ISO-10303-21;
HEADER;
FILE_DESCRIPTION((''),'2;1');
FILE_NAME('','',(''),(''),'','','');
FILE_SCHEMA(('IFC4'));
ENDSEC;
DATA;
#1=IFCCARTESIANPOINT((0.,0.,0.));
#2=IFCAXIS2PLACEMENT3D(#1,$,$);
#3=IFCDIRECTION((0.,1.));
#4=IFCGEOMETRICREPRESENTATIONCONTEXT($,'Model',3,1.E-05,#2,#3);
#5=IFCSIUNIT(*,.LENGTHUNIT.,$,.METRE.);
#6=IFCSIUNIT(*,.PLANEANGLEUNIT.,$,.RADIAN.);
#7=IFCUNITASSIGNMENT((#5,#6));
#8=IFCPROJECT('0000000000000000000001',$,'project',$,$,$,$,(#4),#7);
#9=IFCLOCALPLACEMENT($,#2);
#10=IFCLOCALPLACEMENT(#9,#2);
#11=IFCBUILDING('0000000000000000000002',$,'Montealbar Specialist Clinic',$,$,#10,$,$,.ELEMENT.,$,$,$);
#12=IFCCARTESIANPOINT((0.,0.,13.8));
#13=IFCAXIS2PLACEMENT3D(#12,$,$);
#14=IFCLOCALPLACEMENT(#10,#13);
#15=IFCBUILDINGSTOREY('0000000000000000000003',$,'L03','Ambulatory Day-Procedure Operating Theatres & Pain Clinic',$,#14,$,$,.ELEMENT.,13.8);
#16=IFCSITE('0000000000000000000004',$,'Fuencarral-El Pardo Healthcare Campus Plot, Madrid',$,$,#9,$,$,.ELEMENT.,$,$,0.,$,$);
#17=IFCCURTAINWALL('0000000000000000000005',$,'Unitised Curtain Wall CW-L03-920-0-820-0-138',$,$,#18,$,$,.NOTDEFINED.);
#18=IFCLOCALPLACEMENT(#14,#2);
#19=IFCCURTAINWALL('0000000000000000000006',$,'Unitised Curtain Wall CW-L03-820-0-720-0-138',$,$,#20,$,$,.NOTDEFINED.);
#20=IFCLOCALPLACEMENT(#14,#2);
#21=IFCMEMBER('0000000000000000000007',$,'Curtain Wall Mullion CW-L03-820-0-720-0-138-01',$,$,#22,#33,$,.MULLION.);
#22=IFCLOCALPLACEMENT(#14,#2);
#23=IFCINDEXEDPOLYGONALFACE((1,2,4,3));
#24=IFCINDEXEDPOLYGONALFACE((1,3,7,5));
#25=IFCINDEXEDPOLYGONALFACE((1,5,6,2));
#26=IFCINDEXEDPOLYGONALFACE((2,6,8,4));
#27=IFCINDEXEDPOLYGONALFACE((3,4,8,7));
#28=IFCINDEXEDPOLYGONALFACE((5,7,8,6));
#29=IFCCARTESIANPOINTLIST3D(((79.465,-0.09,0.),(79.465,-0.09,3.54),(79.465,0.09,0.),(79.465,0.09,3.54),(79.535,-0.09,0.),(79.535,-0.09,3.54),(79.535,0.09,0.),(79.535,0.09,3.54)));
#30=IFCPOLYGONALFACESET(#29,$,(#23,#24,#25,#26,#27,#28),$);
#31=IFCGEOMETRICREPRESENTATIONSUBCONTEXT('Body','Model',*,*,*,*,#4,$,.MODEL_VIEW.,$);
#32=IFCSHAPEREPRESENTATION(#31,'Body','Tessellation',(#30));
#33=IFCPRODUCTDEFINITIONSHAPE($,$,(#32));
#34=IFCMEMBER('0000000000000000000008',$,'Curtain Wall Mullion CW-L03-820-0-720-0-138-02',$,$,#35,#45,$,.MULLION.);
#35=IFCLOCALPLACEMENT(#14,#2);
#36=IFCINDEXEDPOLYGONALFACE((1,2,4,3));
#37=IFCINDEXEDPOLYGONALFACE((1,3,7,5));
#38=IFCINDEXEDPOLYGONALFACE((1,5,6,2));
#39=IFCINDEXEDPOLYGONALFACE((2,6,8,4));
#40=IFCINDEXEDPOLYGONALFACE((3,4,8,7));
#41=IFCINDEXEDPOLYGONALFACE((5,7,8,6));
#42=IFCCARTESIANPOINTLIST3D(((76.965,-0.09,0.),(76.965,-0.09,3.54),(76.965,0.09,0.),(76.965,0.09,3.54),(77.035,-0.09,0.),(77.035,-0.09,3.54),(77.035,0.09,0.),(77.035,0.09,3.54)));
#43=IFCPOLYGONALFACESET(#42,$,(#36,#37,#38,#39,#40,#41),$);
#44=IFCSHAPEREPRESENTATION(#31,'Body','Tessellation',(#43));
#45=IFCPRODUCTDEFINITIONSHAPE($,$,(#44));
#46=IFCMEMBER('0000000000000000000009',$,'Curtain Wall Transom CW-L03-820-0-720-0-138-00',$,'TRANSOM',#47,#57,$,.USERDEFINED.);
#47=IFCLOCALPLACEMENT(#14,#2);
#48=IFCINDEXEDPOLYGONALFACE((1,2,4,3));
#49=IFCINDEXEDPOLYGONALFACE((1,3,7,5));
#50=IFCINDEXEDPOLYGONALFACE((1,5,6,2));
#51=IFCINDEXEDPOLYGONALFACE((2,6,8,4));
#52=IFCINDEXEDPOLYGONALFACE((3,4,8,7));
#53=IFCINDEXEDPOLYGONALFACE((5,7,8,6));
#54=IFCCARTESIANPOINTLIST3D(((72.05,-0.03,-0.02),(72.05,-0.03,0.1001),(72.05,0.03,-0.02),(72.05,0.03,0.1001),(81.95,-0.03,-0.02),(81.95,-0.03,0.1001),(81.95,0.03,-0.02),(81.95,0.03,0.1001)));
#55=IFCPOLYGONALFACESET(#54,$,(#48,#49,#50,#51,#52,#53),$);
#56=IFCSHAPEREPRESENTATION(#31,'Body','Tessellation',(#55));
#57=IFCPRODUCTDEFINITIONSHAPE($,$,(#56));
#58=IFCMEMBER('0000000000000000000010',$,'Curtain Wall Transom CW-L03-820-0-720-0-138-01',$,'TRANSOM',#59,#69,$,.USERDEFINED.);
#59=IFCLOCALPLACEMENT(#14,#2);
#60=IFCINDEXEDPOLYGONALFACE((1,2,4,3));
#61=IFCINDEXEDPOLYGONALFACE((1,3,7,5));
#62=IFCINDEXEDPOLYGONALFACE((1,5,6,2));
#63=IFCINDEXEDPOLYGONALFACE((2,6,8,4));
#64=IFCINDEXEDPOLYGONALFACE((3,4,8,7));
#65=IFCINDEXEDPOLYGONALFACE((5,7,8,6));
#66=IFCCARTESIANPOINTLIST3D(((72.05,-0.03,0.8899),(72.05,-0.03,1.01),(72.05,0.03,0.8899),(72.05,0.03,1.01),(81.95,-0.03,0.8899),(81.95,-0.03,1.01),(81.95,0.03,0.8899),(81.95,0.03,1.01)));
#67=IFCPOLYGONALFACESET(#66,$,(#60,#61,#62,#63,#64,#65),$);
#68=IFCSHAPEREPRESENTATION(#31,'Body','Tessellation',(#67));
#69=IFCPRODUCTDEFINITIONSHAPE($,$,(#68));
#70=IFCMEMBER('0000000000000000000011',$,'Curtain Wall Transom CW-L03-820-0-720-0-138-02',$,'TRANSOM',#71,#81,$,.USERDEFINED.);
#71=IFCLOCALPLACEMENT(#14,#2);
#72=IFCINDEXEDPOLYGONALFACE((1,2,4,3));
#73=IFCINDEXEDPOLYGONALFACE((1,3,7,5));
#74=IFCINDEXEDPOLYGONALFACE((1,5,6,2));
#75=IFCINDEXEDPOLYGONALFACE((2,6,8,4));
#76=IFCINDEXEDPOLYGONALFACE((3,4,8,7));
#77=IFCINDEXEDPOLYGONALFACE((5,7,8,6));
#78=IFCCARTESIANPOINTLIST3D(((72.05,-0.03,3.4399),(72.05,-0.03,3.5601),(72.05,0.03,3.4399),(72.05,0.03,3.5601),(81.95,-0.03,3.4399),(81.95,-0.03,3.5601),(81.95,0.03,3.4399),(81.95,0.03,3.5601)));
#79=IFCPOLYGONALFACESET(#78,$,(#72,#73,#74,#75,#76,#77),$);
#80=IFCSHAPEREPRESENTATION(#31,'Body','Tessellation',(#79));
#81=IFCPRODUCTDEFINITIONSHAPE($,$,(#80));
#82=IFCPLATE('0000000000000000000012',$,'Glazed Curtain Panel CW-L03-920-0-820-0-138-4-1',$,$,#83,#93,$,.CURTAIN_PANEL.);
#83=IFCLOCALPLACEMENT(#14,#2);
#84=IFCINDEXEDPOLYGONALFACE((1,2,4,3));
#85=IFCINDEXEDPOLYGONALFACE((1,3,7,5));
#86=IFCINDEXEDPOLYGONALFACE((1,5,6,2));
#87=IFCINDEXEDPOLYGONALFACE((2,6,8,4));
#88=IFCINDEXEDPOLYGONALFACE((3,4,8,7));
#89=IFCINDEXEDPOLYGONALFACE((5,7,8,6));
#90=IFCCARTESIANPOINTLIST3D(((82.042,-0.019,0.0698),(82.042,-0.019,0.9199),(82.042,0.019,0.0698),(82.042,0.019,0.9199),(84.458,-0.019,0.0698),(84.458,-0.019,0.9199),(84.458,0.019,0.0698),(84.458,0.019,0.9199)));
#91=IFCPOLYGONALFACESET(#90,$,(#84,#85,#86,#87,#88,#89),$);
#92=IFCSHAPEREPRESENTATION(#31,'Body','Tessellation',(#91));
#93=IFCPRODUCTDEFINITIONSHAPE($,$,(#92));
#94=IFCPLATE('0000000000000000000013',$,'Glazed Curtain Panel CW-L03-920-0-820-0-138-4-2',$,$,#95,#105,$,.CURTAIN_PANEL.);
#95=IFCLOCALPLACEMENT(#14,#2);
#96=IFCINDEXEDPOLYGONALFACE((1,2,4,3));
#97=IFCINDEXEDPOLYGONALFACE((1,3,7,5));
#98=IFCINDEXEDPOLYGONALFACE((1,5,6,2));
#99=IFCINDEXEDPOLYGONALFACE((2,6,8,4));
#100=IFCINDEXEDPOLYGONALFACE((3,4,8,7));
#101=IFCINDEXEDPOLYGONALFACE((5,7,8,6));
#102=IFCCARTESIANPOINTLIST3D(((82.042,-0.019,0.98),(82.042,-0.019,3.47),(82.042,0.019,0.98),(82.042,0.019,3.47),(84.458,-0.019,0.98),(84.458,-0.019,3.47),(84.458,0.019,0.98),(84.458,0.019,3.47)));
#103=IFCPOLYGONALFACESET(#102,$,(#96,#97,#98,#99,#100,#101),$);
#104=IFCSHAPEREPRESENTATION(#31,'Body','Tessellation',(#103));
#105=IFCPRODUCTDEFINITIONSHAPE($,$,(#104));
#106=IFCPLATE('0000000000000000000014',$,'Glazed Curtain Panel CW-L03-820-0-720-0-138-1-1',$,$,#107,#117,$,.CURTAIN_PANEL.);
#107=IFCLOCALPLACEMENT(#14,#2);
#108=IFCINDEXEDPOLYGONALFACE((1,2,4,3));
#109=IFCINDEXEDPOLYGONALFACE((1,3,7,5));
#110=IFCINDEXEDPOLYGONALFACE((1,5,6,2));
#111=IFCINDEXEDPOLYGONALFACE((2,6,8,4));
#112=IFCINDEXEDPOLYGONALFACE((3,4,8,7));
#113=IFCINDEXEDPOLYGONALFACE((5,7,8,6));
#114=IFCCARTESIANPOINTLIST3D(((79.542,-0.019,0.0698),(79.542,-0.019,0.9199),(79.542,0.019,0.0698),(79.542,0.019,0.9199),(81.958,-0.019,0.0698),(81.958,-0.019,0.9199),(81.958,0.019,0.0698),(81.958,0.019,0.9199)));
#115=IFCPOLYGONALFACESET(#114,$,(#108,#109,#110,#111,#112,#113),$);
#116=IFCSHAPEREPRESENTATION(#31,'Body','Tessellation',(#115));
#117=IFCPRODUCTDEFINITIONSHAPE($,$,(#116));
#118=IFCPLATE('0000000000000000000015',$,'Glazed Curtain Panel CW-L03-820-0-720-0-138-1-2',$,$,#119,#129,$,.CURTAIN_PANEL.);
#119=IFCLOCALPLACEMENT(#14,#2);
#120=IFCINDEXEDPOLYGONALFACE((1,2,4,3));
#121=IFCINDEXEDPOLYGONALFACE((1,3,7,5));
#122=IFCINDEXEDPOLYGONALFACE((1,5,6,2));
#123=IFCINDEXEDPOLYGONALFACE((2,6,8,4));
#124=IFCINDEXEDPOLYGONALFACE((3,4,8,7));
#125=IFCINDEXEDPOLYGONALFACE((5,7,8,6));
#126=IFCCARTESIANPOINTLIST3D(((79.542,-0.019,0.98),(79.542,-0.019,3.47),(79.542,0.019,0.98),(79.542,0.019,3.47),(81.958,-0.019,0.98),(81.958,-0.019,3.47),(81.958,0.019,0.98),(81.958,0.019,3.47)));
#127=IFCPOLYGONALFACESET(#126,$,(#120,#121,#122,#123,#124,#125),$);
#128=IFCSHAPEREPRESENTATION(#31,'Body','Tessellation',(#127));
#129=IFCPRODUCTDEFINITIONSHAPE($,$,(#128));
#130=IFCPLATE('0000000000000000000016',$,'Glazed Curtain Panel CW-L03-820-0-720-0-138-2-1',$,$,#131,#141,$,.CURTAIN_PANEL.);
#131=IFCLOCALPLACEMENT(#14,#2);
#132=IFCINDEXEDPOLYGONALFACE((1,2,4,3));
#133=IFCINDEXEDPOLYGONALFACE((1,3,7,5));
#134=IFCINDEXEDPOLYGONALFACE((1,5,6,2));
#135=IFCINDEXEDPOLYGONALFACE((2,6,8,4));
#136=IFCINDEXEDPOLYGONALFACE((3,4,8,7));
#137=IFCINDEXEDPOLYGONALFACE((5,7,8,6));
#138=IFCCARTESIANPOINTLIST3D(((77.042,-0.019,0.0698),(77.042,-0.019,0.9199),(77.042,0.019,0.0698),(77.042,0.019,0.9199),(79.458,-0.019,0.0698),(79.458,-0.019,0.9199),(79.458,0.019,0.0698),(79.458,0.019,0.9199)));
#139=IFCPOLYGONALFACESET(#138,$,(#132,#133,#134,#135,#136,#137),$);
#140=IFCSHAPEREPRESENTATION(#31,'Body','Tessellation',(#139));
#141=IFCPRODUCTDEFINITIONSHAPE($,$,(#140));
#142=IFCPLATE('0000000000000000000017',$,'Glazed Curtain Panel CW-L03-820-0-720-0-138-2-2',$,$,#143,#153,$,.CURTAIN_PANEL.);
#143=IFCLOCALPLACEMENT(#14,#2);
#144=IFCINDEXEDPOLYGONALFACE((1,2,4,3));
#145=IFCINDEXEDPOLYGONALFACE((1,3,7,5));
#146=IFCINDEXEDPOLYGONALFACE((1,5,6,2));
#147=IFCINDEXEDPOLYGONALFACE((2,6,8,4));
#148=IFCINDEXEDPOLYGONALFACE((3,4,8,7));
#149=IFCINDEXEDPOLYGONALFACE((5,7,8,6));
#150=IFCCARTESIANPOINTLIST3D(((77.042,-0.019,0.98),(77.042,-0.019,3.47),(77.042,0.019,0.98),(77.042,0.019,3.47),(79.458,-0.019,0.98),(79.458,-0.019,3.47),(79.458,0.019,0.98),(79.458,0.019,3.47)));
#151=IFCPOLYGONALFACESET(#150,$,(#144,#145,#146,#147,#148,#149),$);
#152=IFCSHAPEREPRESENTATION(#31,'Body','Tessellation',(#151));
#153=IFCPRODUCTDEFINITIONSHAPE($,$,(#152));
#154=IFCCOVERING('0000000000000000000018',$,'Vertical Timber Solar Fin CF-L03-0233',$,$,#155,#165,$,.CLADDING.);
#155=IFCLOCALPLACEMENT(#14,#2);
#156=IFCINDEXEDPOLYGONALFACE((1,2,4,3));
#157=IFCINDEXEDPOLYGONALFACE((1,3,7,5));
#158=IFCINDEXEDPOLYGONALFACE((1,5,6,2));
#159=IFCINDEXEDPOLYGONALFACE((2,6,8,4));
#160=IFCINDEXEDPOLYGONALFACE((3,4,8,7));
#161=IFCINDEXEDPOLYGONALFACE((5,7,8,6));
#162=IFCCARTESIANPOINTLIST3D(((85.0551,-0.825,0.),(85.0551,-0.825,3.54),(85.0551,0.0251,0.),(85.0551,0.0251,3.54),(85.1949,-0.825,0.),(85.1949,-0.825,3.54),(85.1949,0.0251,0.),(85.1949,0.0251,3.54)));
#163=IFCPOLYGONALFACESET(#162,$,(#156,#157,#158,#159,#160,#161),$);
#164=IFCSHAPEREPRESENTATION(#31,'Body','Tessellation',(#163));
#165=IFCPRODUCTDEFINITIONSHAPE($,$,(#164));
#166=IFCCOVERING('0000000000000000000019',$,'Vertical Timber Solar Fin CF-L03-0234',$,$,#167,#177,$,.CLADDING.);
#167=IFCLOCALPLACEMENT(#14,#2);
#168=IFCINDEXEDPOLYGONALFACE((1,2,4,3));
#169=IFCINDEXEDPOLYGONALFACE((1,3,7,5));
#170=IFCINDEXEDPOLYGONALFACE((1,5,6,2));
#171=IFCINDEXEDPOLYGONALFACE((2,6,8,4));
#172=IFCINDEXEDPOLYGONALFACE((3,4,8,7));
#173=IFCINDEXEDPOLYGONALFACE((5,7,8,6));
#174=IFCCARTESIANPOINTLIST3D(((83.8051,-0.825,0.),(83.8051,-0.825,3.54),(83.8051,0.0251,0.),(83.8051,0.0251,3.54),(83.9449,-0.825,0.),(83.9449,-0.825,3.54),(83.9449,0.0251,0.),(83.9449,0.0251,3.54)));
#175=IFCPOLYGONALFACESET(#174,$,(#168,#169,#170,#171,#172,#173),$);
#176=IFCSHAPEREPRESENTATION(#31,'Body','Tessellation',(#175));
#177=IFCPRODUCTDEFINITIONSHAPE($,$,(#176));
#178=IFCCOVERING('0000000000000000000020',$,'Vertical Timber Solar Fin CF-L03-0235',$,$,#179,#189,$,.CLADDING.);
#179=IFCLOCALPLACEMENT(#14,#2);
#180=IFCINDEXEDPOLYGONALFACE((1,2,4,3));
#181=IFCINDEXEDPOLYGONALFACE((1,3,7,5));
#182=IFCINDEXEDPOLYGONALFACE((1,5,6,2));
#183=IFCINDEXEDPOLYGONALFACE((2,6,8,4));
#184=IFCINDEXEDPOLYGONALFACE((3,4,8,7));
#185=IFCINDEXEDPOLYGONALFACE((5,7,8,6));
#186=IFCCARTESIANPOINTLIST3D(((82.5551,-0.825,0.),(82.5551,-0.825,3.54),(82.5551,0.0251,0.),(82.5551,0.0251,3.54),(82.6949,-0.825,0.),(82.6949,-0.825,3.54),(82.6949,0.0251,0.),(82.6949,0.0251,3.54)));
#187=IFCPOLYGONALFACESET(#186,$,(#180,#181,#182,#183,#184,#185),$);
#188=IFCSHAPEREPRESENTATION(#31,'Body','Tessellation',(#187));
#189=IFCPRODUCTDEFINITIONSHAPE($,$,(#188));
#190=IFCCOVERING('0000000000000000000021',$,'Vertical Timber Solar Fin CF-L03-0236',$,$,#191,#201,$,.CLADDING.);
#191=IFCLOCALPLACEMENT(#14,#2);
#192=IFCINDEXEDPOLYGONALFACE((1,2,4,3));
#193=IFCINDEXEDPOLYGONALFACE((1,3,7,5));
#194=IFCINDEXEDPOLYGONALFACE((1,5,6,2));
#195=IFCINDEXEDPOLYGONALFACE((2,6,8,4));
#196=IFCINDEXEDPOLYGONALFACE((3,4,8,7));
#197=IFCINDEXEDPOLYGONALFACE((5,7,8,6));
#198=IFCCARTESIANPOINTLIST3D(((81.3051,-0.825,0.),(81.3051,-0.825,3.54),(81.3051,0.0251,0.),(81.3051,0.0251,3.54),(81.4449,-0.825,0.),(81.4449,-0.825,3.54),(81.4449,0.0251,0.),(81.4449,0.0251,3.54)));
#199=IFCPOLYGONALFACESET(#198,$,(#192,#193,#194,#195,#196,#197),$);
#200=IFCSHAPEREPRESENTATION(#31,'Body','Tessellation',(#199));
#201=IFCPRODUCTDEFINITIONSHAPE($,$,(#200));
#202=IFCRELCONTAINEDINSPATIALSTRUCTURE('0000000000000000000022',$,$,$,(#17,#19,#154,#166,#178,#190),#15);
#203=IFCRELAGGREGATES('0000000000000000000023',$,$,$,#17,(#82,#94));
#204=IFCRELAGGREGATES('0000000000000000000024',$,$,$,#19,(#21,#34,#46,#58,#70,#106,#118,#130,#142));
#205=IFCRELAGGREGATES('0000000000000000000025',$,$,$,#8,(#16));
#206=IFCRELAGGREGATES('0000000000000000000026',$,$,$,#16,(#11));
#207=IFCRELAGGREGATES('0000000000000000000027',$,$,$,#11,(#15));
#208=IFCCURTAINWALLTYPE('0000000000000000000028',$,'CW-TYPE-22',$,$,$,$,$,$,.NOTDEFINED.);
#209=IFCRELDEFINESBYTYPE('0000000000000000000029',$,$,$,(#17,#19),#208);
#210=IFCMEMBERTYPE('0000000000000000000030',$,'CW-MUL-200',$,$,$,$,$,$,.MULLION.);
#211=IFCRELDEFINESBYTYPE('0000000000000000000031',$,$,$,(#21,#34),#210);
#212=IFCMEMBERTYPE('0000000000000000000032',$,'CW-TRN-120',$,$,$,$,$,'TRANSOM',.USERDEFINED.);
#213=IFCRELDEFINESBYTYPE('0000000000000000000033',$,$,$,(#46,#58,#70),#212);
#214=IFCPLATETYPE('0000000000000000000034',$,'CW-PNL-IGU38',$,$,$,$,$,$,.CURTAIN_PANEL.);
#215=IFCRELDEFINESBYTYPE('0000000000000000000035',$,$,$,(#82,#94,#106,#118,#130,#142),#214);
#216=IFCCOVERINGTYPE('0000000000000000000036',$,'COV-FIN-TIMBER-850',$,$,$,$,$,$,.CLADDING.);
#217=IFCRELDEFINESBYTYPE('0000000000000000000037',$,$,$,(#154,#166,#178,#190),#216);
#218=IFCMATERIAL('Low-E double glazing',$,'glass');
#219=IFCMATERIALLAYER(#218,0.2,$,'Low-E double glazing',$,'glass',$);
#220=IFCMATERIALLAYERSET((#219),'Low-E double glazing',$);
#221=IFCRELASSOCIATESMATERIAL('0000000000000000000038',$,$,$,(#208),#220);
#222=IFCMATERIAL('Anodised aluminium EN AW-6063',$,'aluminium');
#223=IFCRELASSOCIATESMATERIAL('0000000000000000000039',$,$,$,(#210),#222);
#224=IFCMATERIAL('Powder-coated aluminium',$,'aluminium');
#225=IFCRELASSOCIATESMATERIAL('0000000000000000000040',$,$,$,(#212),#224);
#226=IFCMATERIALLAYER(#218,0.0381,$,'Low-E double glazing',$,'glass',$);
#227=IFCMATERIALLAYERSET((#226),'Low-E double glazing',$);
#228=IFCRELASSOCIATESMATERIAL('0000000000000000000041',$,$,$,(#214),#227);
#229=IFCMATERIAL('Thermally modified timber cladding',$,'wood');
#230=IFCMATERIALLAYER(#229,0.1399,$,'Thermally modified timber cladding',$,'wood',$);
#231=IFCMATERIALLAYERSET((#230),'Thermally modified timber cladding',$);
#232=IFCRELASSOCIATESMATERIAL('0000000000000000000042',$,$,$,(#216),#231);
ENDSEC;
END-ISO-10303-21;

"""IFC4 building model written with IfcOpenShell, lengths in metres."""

from ifc_helpers import new_model, si_unit, direction, frame, origin, origin_2d, place, context, subcontext, project, spatial, rectangle, extrude, material, layer, layer_set, material_profile, profile_set, type_object, element, aggregate, save


model = new_model("IFC4")

# Units and contexts
model_context = context("Model", 3, precision=1e-05, world=origin(), true_north=direction((0.0, 1.0)))
body_context = subcontext(model_context, "Body", "Model", "MODEL_VIEW")
ifc_project = project(units=[si_unit("LENGTHUNIT", "METRE"), si_unit("PLANEANGLEUNIT", "RADIAN")], contexts=[model_context])

# Site, building, storey
site_placement = place(None, origin())
site = spatial("IfcSite", under=ifc_project, at=site_placement, Name="Fuencarral-El Pardo Healthcare Campus Plot, Madrid", CompositionType="ELEMENT", RefElevation=0.0)
building_placement = place(site_placement, origin())
building = spatial("IfcBuilding", under=site, at=building_placement, Name="Montealbar Specialist Clinic", CompositionType="ELEMENT")
storey_placement = place(building_placement, frame((0.0, 0.0, 13.8)))
storey = spatial("IfcBuildingStorey", under=building, at=storey_placement, Name="L03", Description="Ambulatory Day-Procedure Operating Theatres & Pain Clinic", CompositionType="ELEMENT", Elevation=13.8)

# Curtain walls, members
ifc_material_1 = material(Name="Low-E double glazing", Category="glass")
ifc_layer_1 = layer(ifc_material_1, 0.2, Name="Low-E double glazing", Category="glass")
ifc_layer_set_1 = layer_set([ifc_layer_1], Name="Low-E double glazing")
curtain_wall_type = type_object("IfcCurtainWallType", Name="CW-TYPE-22", PredefinedType="NOTDEFINED", material=ifc_layer_set_1)
curtain_wall_1_placement = place(storey_placement, origin())
curtain_wall_1 = element("IfcCurtainWall", 1, at=curtain_wall_1_placement, inside=storey, type_object=curtain_wall_type, Name="Unitised Curtain Wall CW-L03-920-0-820-0-138", PredefinedType="NOTDEFINED")
ifc_material_2 = material(Name="Anodised aluminium EN AW-6063", Category="aluminium")
ifc_material_profile_1 = material_profile(ifc_material_2, rectangle(XDim=0.0701, YDim=0.1799, at=origin_2d()), Name="ALU 70x180", Category="aluminium")
ifc_profile_set_1 = profile_set([ifc_material_profile_1], Name="Anodised aluminium EN AW-6063")
member_type_1 = type_object("IfcMemberType", Name="CW-MUL-200", PredefinedType="MULLION", material=ifc_profile_set_1)
curtain_wall_2_placement = place(storey_placement, origin())
curtain_wall_2 = element("IfcCurtainWall", 2, at=curtain_wall_2_placement, inside=storey, type_object=curtain_wall_type, Name="Unitised Curtain Wall CW-L03-820-0-720-0-138", PredefinedType="NOTDEFINED")
member_1_placement = place(storey_placement, frame((79.5, 0.0, 0.0), z_axis=(0.0, 0.0, 1.0), x_axis=(-1.0, 0.0, 0.0)))
member_1 = element("IfcMember", 3, at=member_1_placement, type_object=member_type_1, Name="Curtain Wall Mullion CW-L03-820-0-720-0-138-01", PredefinedType="MULLION", context=body_context, shape_type="SweptSolid", body=[
    extrude(rectangle(XDim=0.0701, YDim=0.1799, at=origin_2d()), origin(), (0.0, 0.0, 1.0), 3.54),
])
member_2_placement = place(storey_placement, frame((77.0, 0.0, 0.0), z_axis=(0.0, 0.0, 1.0), x_axis=(-1.0, 0.0, 0.0)))
member_2 = element("IfcMember", 4, at=member_2_placement, type_object=member_type_1, Name="Curtain Wall Mullion CW-L03-820-0-720-0-138-02", PredefinedType="MULLION", context=body_context, shape_type="SweptSolid", body=[
    extrude(rectangle(XDim=0.0701, YDim=0.1799, at=origin_2d()), origin(), (0.0, 0.0, 1.0), 3.54),
])
ifc_material_3 = material(Name="Powder-coated aluminium", Category="aluminium")
ifc_material_profile_2 = material_profile(ifc_material_3, rectangle(XDim=0.0601, YDim=0.1201, at=origin_2d()), Name="ALU 60x120", Category="aluminium")
ifc_profile_set_2 = profile_set([ifc_material_profile_2], Name="Powder-coated aluminium")
member_type_2 = type_object("IfcMemberType", Name="CW-TRN-120", ElementType="TRANSOM", PredefinedType="USERDEFINED", material=ifc_profile_set_2)
member_3_placement = place(storey_placement, frame((81.95, 0.0, 0.04), z_axis=(-1.0, 0.0, 0.0), x_axis=(0.0, -1.0, 0.0)))
member_3 = element("IfcMember", 5, at=member_3_placement, type_object=member_type_2, Name="Curtain Wall Transom CW-L03-820-0-720-0-138-00", ObjectType="TRANSOM", PredefinedType="USERDEFINED", context=body_context, shape_type="SweptSolid", body=[
    extrude(rectangle(XDim=0.0601, YDim=0.1201, at=origin_2d()), origin(), (0.0, 0.0, 1.0), 9.8999),
])
member_4_placement = place(storey_placement, frame((81.95, 0.0, 0.95), z_axis=(-1.0, 0.0, 0.0), x_axis=(0.0, -1.0, 0.0)))
member_4 = element("IfcMember", 6, at=member_4_placement, type_object=member_type_2, Name="Curtain Wall Transom CW-L03-820-0-720-0-138-01", ObjectType="TRANSOM", PredefinedType="USERDEFINED", context=body_context, shape_type="SweptSolid", body=[
    extrude(rectangle(XDim=0.0601, YDim=0.1201, at=origin_2d()), origin(), (0.0, 0.0, 1.0), 9.8999),
])
member_5_placement = place(storey_placement, frame((81.95, 0.0, 3.5), z_axis=(-1.0, 0.0, 0.0), x_axis=(0.0, -1.0, 0.0)))
member_5 = element("IfcMember", 7, at=member_5_placement, type_object=member_type_2, Name="Curtain Wall Transom CW-L03-820-0-720-0-138-02", ObjectType="TRANSOM", PredefinedType="USERDEFINED", context=body_context, shape_type="SweptSolid", body=[
    extrude(rectangle(XDim=0.0601, YDim=0.1201, at=origin_2d()), origin(), (0.0, 0.0, 1.0), 9.8999),
])

# Plates
ifc_layer_2 = layer(ifc_material_1, 0.0381, Name="Low-E double glazing", Category="glass")
ifc_layer_set_2 = layer_set([ifc_layer_2], Name="Low-E double glazing")
plate_type = type_object("IfcPlateType", Name="CW-PNL-IGU38", PredefinedType="CURTAIN_PANEL", material=ifc_layer_set_2)
plate_1_placement = place(storey_placement, frame((83.25, 0.0, 0.0698), z_axis=(0.0, 0.0, 1.0), x_axis=(-1.0, 0.0, 0.0)))
plate_1 = element("IfcPlate", 8, at=plate_1_placement, type_object=plate_type, Name="Glazed Curtain Panel CW-L03-920-0-820-0-138-4-1", PredefinedType="CURTAIN_PANEL", context=body_context, shape_type="SweptSolid", body=[
    extrude(rectangle(XDim=2.416, YDim=0.0381, at=origin_2d()), origin(), (0.0, 0.0, 1.0), 0.8501),
])
plate_2_placement = place(storey_placement, frame((83.25, 0.0, 0.98), z_axis=(0.0, 0.0, 1.0), x_axis=(-1.0, 0.0, 0.0)))
plate_2 = element("IfcPlate", 9, at=plate_2_placement, type_object=plate_type, Name="Glazed Curtain Panel CW-L03-920-0-820-0-138-4-2", PredefinedType="CURTAIN_PANEL", context=body_context, shape_type="SweptSolid", body=[
    extrude(rectangle(XDim=2.416, YDim=0.0381, at=origin_2d()), origin(), (0.0, 0.0, 1.0), 2.49),
])
aggregate(curtain_wall_1, [plate_1, plate_2])
plate_3_placement = place(storey_placement, frame((80.75, 0.0, 0.0698), z_axis=(0.0, 0.0, 1.0), x_axis=(-1.0, 0.0, 0.0)))
plate_3 = element("IfcPlate", 10, at=plate_3_placement, type_object=plate_type, Name="Glazed Curtain Panel CW-L03-820-0-720-0-138-1-1", PredefinedType="CURTAIN_PANEL", context=body_context, shape_type="SweptSolid", body=[
    extrude(rectangle(XDim=2.416, YDim=0.0381, at=origin_2d()), origin(), (0.0, 0.0, 1.0), 0.8501),
])
plate_4_placement = place(storey_placement, frame((80.75, 0.0, 0.98), z_axis=(0.0, 0.0, 1.0), x_axis=(-1.0, 0.0, 0.0)))
plate_4 = element("IfcPlate", 11, at=plate_4_placement, type_object=plate_type, Name="Glazed Curtain Panel CW-L03-820-0-720-0-138-1-2", PredefinedType="CURTAIN_PANEL", context=body_context, shape_type="SweptSolid", body=[
    extrude(rectangle(XDim=2.416, YDim=0.0381, at=origin_2d()), origin(), (0.0, 0.0, 1.0), 2.49),
])
plate_5_placement = place(storey_placement, frame((78.25, 0.0, 0.0698), z_axis=(0.0, 0.0, 1.0), x_axis=(-1.0, 0.0, 0.0)))
plate_5 = element("IfcPlate", 12, at=plate_5_placement, type_object=plate_type, Name="Glazed Curtain Panel CW-L03-820-0-720-0-138-2-1", PredefinedType="CURTAIN_PANEL", context=body_context, shape_type="SweptSolid", body=[
    extrude(rectangle(XDim=2.416, YDim=0.0381, at=origin_2d()), origin(), (0.0, 0.0, 1.0), 0.8501),
])
plate_6_placement = place(storey_placement, frame((78.25, 0.0, 0.98), z_axis=(0.0, 0.0, 1.0), x_axis=(-1.0, 0.0, 0.0)))
plate_6 = element("IfcPlate", 13, at=plate_6_placement, type_object=plate_type, Name="Glazed Curtain Panel CW-L03-820-0-720-0-138-2-2", PredefinedType="CURTAIN_PANEL", context=body_context, shape_type="SweptSolid", body=[
    extrude(rectangle(XDim=2.416, YDim=0.0381, at=origin_2d()), origin(), (0.0, 0.0, 1.0), 2.49),
])
aggregate(curtain_wall_2, [member_1, member_2, member_3, member_4, member_5, plate_3, plate_4, plate_5, plate_6])

# Coverings
ifc_material_4 = material(Name="Thermally modified timber cladding", Category="wood")
ifc_layer_3 = layer(ifc_material_4, 0.1399, Name="Thermally modified timber cladding", Category="wood")
ifc_layer_set_3 = layer_set([ifc_layer_3], Name="Thermally modified timber cladding")
covering_type = type_object("IfcCoveringType", Name="COV-FIN-TIMBER-850", PredefinedType="CLADDING", material=ifc_layer_set_3)
for number, where, z_axis, x_axis, name in (
    (14, (85.125, -0.3999, 0.0), (0.0, 0.0, 1.0), (0.0, -1.0, 0.0), "Vertical Timber Solar Fin CF-L03-0233"),
    (15, (83.875, -0.3999, 0.0), (0.0, 0.0, 1.0), (0.0, -1.0, 0.0), "Vertical Timber Solar Fin CF-L03-0234"),
    (16, (82.625, -0.3999, 0.0), (0.0, 0.0, 1.0), (0.0, -1.0, 0.0), "Vertical Timber Solar Fin CF-L03-0235"),
    (17, (81.375, -0.3999, 0.0), (0.0, 0.0, 1.0), (0.0, -1.0, 0.0), "Vertical Timber Solar Fin CF-L03-0236"),
):
    element("IfcCovering", number, at=place(storey_placement, frame(where, z_axis=z_axis, x_axis=x_axis)), inside=storey, type_object=covering_type, Name=name, PredefinedType="CLADDING", context=body_context, shape_type="SweptSolid", body=[
        extrude(rectangle(XDim=0.8501, YDim=0.1399, at=origin_2d()), origin(), (0.0, 0.0, 1.0), 3.54),
    ])

save(model, "model.ifc")
